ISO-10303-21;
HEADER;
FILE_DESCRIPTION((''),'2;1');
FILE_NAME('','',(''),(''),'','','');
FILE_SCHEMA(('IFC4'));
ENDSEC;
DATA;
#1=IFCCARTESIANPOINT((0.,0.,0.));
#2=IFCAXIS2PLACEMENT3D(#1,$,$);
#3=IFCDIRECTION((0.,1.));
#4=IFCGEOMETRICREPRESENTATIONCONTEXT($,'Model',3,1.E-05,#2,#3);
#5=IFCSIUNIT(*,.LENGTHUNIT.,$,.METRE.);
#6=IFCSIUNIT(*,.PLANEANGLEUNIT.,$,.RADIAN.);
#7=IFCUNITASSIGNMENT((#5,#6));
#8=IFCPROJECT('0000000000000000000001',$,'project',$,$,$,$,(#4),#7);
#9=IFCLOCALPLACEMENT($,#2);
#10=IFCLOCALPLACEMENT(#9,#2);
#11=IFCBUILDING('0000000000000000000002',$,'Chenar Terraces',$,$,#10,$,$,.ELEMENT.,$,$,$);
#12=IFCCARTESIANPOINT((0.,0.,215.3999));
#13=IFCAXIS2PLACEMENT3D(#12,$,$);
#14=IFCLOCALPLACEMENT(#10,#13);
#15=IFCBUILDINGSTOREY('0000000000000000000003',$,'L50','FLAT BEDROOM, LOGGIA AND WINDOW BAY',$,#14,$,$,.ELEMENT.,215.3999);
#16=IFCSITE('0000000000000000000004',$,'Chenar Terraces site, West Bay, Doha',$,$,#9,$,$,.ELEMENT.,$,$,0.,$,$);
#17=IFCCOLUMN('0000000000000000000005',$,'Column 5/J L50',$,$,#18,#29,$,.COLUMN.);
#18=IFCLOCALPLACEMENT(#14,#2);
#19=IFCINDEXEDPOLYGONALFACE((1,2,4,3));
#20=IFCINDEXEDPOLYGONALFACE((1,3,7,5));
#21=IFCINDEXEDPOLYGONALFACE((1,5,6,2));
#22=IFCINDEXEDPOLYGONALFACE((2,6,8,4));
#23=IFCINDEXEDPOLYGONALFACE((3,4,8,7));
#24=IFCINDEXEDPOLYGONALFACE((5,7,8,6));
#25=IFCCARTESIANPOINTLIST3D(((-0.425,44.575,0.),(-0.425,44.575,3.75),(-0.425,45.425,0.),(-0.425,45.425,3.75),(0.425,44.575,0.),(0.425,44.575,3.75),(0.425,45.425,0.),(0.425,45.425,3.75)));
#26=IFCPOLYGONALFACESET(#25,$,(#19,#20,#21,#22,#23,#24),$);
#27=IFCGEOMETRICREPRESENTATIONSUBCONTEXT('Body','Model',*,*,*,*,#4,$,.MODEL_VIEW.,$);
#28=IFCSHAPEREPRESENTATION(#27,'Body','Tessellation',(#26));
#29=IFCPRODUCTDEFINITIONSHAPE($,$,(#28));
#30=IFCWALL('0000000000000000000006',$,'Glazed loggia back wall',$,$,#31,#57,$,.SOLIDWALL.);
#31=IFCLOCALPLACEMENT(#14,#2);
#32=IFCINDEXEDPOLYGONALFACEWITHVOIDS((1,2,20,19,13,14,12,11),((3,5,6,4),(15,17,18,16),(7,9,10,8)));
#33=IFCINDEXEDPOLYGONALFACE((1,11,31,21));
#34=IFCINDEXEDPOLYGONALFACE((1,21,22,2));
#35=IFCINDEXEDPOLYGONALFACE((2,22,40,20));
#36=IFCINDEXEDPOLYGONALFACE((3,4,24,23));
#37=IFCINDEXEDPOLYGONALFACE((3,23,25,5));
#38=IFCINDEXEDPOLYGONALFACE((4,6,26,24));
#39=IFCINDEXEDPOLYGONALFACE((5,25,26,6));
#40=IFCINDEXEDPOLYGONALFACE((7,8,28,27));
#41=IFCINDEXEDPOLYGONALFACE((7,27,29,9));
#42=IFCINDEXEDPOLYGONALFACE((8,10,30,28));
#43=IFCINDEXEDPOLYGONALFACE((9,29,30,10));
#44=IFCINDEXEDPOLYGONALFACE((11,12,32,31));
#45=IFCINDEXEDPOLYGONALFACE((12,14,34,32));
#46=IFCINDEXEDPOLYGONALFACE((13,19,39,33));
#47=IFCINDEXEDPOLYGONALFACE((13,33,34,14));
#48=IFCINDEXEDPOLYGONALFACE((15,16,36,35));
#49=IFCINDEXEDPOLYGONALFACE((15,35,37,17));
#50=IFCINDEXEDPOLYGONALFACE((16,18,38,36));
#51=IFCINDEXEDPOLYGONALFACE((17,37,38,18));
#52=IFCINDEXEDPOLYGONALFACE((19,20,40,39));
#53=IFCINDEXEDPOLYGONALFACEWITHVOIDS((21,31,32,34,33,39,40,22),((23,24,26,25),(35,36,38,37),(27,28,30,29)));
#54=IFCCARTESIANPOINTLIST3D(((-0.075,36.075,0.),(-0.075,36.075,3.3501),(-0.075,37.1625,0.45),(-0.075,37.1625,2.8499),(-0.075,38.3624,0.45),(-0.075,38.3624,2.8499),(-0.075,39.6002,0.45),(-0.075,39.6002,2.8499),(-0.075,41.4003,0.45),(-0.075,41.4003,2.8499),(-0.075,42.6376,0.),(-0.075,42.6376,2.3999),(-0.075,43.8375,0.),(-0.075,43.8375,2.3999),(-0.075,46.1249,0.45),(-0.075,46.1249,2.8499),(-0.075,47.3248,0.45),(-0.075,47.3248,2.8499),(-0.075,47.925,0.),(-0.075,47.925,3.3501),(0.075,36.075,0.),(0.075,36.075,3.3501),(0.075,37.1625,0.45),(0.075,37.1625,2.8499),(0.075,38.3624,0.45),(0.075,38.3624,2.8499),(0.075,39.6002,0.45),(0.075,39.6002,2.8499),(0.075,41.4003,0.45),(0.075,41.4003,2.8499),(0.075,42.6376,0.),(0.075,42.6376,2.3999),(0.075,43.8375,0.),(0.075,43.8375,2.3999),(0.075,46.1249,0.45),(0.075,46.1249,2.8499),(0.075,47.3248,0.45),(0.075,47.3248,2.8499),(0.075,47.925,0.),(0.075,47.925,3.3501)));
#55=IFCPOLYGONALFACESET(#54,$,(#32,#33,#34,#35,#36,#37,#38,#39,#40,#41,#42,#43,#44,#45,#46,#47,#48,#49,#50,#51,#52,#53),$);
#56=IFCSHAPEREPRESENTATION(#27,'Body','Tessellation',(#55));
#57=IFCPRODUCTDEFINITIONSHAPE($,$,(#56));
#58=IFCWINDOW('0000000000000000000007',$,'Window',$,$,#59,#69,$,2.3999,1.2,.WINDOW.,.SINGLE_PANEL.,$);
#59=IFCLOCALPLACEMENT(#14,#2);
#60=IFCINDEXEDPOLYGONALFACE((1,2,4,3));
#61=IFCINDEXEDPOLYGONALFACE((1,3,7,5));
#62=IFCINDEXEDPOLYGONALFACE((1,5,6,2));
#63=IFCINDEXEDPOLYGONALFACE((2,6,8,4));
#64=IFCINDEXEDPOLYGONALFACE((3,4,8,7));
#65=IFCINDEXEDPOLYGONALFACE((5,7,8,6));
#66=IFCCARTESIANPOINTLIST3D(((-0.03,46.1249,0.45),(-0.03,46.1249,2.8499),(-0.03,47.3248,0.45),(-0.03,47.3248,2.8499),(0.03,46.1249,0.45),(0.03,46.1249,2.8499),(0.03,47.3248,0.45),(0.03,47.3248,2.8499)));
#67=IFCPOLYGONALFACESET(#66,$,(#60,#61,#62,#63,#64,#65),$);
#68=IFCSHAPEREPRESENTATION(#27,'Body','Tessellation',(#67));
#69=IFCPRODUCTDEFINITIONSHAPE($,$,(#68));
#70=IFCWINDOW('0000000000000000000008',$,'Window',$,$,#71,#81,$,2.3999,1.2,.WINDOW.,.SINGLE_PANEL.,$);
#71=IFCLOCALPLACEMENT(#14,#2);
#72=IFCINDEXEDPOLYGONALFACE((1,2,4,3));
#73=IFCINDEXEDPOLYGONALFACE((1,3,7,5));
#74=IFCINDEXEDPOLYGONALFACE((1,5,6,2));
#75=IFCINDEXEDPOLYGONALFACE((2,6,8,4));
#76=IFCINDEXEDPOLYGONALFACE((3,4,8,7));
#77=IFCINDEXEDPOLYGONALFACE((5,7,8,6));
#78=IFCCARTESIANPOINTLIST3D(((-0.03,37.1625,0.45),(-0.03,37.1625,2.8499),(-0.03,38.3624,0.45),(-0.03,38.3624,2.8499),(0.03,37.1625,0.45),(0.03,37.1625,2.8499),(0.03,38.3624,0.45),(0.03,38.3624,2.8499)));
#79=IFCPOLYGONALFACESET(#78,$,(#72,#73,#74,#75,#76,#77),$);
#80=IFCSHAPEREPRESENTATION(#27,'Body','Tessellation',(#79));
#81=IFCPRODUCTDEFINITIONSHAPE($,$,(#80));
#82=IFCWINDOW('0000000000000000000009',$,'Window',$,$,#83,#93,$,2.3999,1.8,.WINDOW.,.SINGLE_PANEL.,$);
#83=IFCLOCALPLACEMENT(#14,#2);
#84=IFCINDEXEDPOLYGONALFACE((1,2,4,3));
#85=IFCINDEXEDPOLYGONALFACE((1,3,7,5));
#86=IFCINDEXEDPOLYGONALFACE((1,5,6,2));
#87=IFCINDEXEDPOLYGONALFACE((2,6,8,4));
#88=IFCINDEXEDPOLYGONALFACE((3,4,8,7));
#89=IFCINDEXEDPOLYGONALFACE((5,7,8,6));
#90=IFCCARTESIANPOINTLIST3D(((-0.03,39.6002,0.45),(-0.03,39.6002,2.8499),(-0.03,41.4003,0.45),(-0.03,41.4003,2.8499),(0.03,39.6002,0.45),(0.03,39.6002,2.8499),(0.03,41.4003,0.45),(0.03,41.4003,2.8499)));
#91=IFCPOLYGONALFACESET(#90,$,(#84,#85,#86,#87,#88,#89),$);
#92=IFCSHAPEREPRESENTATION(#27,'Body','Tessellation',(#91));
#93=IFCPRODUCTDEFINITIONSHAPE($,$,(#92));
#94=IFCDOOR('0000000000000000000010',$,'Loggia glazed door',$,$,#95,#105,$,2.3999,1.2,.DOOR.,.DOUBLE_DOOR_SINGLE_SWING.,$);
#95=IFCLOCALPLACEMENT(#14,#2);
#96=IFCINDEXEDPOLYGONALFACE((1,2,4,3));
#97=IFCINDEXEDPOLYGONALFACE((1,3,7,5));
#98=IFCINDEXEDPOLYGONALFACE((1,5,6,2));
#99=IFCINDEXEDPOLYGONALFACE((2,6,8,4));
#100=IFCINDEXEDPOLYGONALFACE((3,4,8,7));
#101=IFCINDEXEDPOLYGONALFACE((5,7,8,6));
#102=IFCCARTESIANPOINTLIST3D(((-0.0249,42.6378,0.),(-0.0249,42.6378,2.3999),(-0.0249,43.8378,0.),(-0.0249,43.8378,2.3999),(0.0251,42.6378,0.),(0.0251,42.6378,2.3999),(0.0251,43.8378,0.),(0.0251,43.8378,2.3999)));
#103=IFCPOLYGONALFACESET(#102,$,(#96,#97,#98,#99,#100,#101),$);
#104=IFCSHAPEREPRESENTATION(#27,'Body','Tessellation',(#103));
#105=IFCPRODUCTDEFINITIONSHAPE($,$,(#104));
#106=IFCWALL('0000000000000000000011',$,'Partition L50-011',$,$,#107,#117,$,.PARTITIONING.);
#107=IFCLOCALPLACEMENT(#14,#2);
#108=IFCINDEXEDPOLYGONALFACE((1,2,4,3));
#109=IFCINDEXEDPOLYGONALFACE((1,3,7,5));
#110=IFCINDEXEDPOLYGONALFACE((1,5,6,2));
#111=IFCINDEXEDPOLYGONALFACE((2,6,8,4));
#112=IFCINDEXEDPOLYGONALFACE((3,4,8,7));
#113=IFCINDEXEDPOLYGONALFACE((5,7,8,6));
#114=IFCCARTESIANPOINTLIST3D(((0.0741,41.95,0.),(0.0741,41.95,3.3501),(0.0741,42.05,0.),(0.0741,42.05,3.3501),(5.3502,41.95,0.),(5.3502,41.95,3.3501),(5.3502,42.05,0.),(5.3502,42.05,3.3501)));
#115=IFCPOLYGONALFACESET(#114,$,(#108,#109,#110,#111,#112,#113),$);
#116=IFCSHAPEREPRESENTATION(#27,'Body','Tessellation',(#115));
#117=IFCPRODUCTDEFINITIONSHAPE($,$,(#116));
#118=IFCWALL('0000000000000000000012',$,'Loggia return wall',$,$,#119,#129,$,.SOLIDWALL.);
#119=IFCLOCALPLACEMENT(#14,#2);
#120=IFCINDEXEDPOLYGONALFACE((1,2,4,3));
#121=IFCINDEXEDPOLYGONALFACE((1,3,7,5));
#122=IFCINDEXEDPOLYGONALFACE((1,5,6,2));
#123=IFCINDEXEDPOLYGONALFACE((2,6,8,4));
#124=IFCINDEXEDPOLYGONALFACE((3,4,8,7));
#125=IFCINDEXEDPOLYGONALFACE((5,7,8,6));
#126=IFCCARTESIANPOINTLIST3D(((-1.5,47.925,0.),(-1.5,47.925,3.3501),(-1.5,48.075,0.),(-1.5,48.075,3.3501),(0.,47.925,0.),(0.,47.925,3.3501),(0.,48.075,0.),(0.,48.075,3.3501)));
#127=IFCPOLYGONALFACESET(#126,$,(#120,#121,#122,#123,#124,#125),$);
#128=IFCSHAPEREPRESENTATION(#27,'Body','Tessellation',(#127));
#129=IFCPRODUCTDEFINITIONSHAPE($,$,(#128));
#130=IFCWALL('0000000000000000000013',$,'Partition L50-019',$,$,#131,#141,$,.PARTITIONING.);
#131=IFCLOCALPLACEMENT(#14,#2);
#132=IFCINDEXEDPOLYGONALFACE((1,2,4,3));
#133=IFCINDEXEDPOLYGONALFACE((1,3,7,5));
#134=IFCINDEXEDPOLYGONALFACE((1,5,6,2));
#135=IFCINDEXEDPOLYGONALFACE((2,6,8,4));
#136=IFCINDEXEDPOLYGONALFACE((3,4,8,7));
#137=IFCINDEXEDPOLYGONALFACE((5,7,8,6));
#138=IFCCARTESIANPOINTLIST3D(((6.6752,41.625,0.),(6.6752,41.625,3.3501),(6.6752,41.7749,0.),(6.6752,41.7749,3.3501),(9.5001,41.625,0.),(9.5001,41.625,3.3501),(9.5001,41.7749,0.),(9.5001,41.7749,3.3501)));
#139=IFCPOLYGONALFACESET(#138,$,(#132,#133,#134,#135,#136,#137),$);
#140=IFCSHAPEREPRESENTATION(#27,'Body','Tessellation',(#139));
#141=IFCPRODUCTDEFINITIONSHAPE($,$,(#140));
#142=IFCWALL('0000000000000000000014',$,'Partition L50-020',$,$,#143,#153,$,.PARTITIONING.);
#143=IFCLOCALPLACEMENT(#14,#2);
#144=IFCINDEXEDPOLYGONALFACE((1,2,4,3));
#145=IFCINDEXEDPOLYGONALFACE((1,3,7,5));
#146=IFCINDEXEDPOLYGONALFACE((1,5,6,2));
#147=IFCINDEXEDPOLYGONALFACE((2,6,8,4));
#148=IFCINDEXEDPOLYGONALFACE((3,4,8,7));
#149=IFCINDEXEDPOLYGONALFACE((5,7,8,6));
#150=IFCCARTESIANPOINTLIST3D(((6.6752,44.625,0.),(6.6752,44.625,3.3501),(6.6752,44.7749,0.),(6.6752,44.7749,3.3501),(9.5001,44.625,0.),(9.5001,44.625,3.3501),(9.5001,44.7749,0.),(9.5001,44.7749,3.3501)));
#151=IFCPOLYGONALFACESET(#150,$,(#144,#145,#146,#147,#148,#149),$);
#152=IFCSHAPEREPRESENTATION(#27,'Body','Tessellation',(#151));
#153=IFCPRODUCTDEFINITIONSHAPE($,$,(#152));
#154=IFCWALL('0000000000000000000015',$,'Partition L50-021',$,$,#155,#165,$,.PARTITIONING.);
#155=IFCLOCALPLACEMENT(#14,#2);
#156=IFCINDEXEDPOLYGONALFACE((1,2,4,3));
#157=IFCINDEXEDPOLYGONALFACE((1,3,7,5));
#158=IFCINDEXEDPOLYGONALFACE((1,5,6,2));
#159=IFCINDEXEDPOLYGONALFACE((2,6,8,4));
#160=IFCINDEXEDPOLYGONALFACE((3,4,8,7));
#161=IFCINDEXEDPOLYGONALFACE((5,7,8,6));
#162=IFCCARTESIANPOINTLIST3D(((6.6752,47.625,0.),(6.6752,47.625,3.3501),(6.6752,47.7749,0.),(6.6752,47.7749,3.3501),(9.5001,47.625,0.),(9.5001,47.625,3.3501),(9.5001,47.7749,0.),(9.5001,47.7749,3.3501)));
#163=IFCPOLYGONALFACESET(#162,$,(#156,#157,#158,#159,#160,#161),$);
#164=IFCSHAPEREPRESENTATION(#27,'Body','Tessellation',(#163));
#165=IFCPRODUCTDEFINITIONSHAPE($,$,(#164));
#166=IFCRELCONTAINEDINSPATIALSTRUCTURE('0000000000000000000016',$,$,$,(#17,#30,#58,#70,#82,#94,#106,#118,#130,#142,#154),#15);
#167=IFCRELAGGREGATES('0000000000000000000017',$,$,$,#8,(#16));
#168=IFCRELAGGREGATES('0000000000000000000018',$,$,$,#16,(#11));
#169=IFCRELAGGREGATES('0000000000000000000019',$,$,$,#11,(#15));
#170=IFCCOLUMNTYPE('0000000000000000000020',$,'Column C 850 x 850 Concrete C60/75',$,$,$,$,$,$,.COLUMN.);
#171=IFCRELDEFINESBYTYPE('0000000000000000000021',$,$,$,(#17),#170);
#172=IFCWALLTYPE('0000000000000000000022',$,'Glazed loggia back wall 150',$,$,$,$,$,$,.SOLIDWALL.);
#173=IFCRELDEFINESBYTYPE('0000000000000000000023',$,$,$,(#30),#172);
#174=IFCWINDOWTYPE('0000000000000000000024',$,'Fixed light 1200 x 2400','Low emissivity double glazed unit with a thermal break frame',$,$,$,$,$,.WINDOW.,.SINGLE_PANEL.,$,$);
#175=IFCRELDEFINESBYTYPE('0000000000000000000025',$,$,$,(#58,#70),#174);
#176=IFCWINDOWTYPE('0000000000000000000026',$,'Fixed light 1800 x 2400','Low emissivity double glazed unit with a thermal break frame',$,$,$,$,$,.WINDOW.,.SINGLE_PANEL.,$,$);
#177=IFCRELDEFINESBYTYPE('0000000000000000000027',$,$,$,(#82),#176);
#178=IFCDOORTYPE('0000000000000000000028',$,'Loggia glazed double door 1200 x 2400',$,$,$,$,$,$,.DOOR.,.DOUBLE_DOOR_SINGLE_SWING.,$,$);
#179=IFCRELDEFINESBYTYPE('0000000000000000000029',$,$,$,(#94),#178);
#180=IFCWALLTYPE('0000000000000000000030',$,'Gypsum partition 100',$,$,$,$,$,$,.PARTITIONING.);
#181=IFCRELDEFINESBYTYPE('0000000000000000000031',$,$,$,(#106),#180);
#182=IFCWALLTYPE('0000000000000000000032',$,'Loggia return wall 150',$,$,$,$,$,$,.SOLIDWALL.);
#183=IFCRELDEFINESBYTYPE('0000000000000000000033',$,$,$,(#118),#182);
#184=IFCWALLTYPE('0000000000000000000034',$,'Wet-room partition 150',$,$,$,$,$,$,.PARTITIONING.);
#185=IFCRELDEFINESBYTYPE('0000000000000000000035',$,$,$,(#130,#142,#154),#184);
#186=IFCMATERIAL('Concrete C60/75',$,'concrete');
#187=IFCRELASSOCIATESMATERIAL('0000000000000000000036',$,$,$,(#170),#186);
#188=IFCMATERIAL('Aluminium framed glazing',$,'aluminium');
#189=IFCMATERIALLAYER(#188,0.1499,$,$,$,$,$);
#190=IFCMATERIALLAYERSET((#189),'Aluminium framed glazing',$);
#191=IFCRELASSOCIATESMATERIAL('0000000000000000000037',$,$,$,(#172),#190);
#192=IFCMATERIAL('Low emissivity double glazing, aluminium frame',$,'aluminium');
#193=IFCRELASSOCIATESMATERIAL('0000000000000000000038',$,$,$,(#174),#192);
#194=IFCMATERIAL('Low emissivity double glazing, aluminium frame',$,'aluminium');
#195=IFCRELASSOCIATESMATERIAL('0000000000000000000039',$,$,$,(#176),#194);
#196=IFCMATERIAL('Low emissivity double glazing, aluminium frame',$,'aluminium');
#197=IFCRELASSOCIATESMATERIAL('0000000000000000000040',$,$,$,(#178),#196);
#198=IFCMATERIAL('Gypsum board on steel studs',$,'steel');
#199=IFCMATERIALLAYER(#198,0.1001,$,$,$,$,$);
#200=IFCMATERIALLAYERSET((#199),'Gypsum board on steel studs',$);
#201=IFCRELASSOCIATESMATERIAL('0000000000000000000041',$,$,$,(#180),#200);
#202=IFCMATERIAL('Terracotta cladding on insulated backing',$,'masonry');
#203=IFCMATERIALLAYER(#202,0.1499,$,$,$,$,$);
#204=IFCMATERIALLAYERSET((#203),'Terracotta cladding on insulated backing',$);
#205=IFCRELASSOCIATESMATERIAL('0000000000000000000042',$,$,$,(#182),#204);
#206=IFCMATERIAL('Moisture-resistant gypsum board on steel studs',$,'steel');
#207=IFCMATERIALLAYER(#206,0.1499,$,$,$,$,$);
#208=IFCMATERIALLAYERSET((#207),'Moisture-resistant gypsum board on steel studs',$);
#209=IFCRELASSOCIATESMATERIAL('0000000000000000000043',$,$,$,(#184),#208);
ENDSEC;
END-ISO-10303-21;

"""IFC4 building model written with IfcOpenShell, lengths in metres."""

from ifc_helpers import new_model, si_unit, direction, frame, frame_2d, origin, origin_2d, place, context, subcontext, project, spatial, rectangle, extrude, material, layer, layer_set, material_profile, profile_set, type_object, element, fill, save


model = new_model("IFC4")

# Units and contexts
model_context = context("Model", 3, precision=1e-05, world=origin(), true_north=direction((0.0, 1.0)))
body_context = subcontext(model_context, "Body", "Model", "MODEL_VIEW")
ifc_project = project(units=[si_unit("LENGTHUNIT", "METRE"), si_unit("PLANEANGLEUNIT", "RADIAN")], contexts=[model_context])

# Site, building, storey
site_placement = place(None, origin())
site = spatial("IfcSite", under=ifc_project, at=site_placement, Name="Chenar Terraces site, West Bay, Doha", CompositionType="ELEMENT", RefElevation=0.0)
building_placement = place(site_placement, origin())
building = spatial("IfcBuilding", under=site, at=building_placement, Name="Chenar Terraces", CompositionType="ELEMENT")
storey_placement = place(building_placement, frame((0.0, 0.0, 215.3999)))
storey = spatial("IfcBuildingStorey", under=building, at=storey_placement, Name="L50", Description="FLAT BEDROOM, LOGGIA AND WINDOW BAY", CompositionType="ELEMENT", Elevation=215.3999)

# Column
ifc_material_1 = material(Name="Concrete C60/75", Category="concrete")
ifc_material_profile = material_profile(ifc_material_1, rectangle(XDim=0.8501, YDim=0.8501, at=origin_2d()), Name="C 850 x 850")
ifc_profile_set = profile_set([ifc_material_profile], Name="Concrete C60/75")
column_type = type_object("IfcColumnType", Name="Column C 850 x 850 Concrete C60/75", PredefinedType="COLUMN", material=ifc_profile_set)
column_placement = place(storey_placement, frame((0.0, 45.0, 0.0), z_axis=(0.0, 0.0, 1.0), x_axis=(1.0, 0.0, 0.0)))
element("IfcColumn", 1, at=column_placement, inside=storey, type_object=column_type, Name="Column 5/J L50", PredefinedType="COLUMN", context=body_context, shape_type="SweptSolid", body=[
    extrude(rectangle(XDim=0.8501, YDim=0.8501, at=origin_2d()), origin(), (0.0, 0.0, 1.0), 3.75),
])

# Wall, openings, windows, door
ifc_material_2 = material(Name="Aluminium framed glazing", Category="aluminium")
ifc_layer_1 = layer(ifc_material_2, 0.1499)
ifc_layer_set_1 = layer_set([ifc_layer_1], Name="Aluminium framed glazing")
wall_type_1 = type_object("IfcWallType", Name="Glazed loggia back wall 150", PredefinedType="SOLIDWALL", material=ifc_layer_set_1)
wall_1_placement = place(storey_placement, frame((0.0, 47.925, 0.0), z_axis=(0.0, 0.0, 1.0), x_axis=(0.0, -1.0, 0.0)))
wall_1 = element("IfcWall", 2, at=wall_1_placement, inside=storey, type_object=wall_type_1, Name="Glazed loggia back wall", PredefinedType="SOLIDWALL", context=body_context, shape_type="SweptSolid", body=[
    extrude(rectangle(XDim=11.8501, YDim=0.1499, at=frame_2d((5.925, 0.0))), origin(), (0.0, 0.0, 1.0), 3.3501),
])
opening_1_placement = place(wall_1_placement, frame((0.6001, 0.0, 0.45)))
opening_1 = element("IfcOpeningElement", 3, at=opening_1_placement, cuts=wall_1, PredefinedType="OPENING", context=body_context, shape_type="SweptSolid", body=[
    extrude(rectangle(XDim=1.2, YDim=2.3999, at=frame_2d((0.6001, 1.2))), frame((0.0, 0.085, 0.0), z_axis=(0.0, -1.0, 0.0), x_axis=(1.0, 0.0, 0.0)), (0.0, 0.0, 1.0), 0.1699),
])
opening_2_placement = place(wall_1_placement, frame((4.0874, 0.0, 0.0)))
opening_2 = element("IfcOpeningElement", 4, at=opening_2_placement, cuts=wall_1, PredefinedType="OPENING", context=body_context, shape_type="SweptSolid", body=[
    extrude(rectangle(XDim=1.2, YDim=2.3999, at=frame_2d((0.6001, 1.2))), frame((0.0, 0.085, 0.0), z_axis=(0.0, -1.0, 0.0), x_axis=(1.0, 0.0, 0.0)), (0.0, 0.0, 1.0), 0.1699),
])
opening_3_placement = place(wall_1_placement, frame((6.5249, 0.0, 0.45)))
opening_3 = element("IfcOpeningElement", 5, at=opening_3_placement, cuts=wall_1, PredefinedType="OPENING", context=body_context, shape_type="SweptSolid", body=[
    extrude(rectangle(XDim=1.8, YDim=2.3999, at=frame_2d((0.8999, 1.2))), frame((0.0, 0.085, 0.0), z_axis=(0.0, -1.0, 0.0), x_axis=(1.0, 0.0, 0.0)), (0.0, 0.0, 1.0), 0.1699),
])
opening_4_placement = place(wall_1_placement, frame((9.5625, 0.0, 0.45)))
opening_4 = element("IfcOpeningElement", 6, at=opening_4_placement, cuts=wall_1, PredefinedType="OPENING", context=body_context, shape_type="SweptSolid", body=[
    extrude(rectangle(XDim=1.2, YDim=2.3999, at=frame_2d((0.6001, 1.2))), frame((0.0, 0.085, 0.0), z_axis=(0.0, -1.0, 0.0), x_axis=(1.0, 0.0, 0.0)), (0.0, 0.0, 1.0), 0.1699),
])
ifc_material_3 = material(Name="Low emissivity double glazing, aluminium frame", Category="aluminium")
window_type_1 = type_object("IfcWindowType", Name="Fixed light 1200 x 2400", Description="Low emissivity double glazed unit with a thermal break frame", PartitioningType="SINGLE_PANEL", PredefinedType="WINDOW", material=ifc_material_3)
window_1_placement = place(opening_1_placement, origin())
window_1 = element("IfcWindow", 7, at=window_1_placement, inside=storey, type_object=window_type_1, Name="Window", OverallHeight=2.3999, OverallWidth=1.2, PartitioningType="SINGLE_PANEL", PredefinedType="WINDOW", context=body_context, shape_type="SweptSolid", body=[
    extrude(rectangle(XDim=1.2, YDim=2.3999, at=frame_2d((0.6001, 1.2))), frame((0.0, 0.03, 0.0), z_axis=(0.0, -1.0, 0.0), x_axis=(1.0, 0.0, 0.0)), (0.0, 0.0, 1.0), 0.0601),
])
fill(opening_1, window_1)
window_2_placement = place(opening_4_placement, origin())
window_2 = element("IfcWindow", 8, at=window_2_placement, inside=storey, type_object=window_type_1, Name="Window", OverallHeight=2.3999, OverallWidth=1.2, PartitioningType="SINGLE_PANEL", PredefinedType="WINDOW", context=body_context, shape_type="SweptSolid", body=[
    extrude(rectangle(XDim=1.2, YDim=2.3999, at=frame_2d((0.6001, 1.2))), frame((0.0, 0.03, 0.0), z_axis=(0.0, -1.0, 0.0), x_axis=(1.0, 0.0, 0.0)), (0.0, 0.0, 1.0), 0.0601),
])
fill(opening_4, window_2)
ifc_material_4 = material(Name="Low emissivity double glazing, aluminium frame", Category="aluminium")
window_type_2 = type_object("IfcWindowType", Name="Fixed light 1800 x 2400", Description="Low emissivity double glazed unit with a thermal break frame", PartitioningType="SINGLE_PANEL", PredefinedType="WINDOW", material=ifc_material_4)
window_3_placement = place(opening_3_placement, origin())
window_3 = element("IfcWindow", 9, at=window_3_placement, inside=storey, type_object=window_type_2, Name="Window", OverallHeight=2.3999, OverallWidth=1.8, PartitioningType="SINGLE_PANEL", PredefinedType="WINDOW", context=body_context, shape_type="SweptSolid", body=[
    extrude(rectangle(XDim=1.8, YDim=2.3999, at=frame_2d((0.8999, 1.2))), frame((0.0, 0.03, 0.0), z_axis=(0.0, -1.0, 0.0), x_axis=(1.0, 0.0, 0.0)), (0.0, 0.0, 1.0), 0.0601),
])
fill(opening_3, window_3)
ifc_material_5 = material(Name="Low emissivity double glazing, aluminium frame", Category="aluminium")
door_type = type_object("IfcDoorType", Name="Loggia glazed double door 1200 x 2400", OperationType="DOUBLE_DOOR_SINGLE_SWING", PredefinedType="DOOR", material=ifc_material_5)
door_placement = place(opening_2_placement, frame((1.2, 0.0, 0.0), z_axis=(0.0, 0.0, 1.0), x_axis=(-1.0, 0.0, 0.0)))
door = element("IfcDoor", 10, at=door_placement, inside=storey, type_object=door_type, Name="Loggia glazed door", OperationType="DOUBLE_DOOR_SINGLE_SWING", OverallHeight=2.3999, OverallWidth=1.2, PredefinedType="DOOR", context=body_context, shape_type="SweptSolid", body=[
    extrude(rectangle(XDim=1.2, YDim=2.3999, at=frame_2d((0.6001, 1.2))), frame((0.0, 0.0249, 0.0), z_axis=(0.0, -1.0, 0.0), x_axis=(1.0, 0.0, 0.0)), (0.0, 0.0, 1.0), 0.05),
])
fill(opening_2, door)

# Walls
ifc_material_6 = material(Name="Gypsum board on steel studs", Category="steel")
ifc_layer_2 = layer(ifc_material_6, 0.1001)
ifc_layer_set_2 = layer_set([ifc_layer_2], Name="Gypsum board on steel studs")
wall_type_2 = type_object("IfcWallType", Name="Gypsum partition 100", PredefinedType="PARTITIONING", material=ifc_layer_set_2)
wall_2_placement = place(storey_placement, frame((0.074, 42.0, 0.0), z_axis=(0.0, 0.0, 1.0), x_axis=(1.0, 0.0, 0.0)))
element("IfcWall", 11, at=wall_2_placement, inside=storey, type_object=wall_type_2, Name="Partition L50-011", PredefinedType="PARTITIONING", context=body_context, shape_type="SweptSolid", body=[
    extrude(rectangle(XDim=5.2761, YDim=0.1001, at=frame_2d((2.6382, 0.0))), origin(), (0.0, 0.0, 1.0), 3.3501),
])
ifc_material_7 = material(Name="Terracotta cladding on insulated backing", Category="masonry")
ifc_layer_3 = layer(ifc_material_7, 0.1499)
ifc_layer_set_3 = layer_set([ifc_layer_3], Name="Terracotta cladding on insulated backing")
wall_type_3 = type_object("IfcWallType", Name="Loggia return wall 150", PredefinedType="SOLIDWALL", material=ifc_layer_set_3)
wall_3_placement = place(storey_placement, frame((-1.5, 48.0, 0.0), z_axis=(0.0, 0.0, 1.0), x_axis=(1.0, 0.0, 0.0)))
element("IfcWall", 12, at=wall_3_placement, inside=storey, type_object=wall_type_3, Name="Loggia return wall", PredefinedType="SOLIDWALL", context=body_context, shape_type="SweptSolid", body=[
    extrude(rectangle(XDim=1.5, YDim=0.1499, at=frame_2d((0.75, 0.0))), origin(), (0.0, 0.0, 1.0), 3.3501),
])
ifc_material_8 = material(Name="Moisture-resistant gypsum board on steel studs", Category="steel")
ifc_layer_4 = layer(ifc_material_8, 0.1499)
ifc_layer_set_4 = layer_set([ifc_layer_4], Name="Moisture-resistant gypsum board on steel studs")
wall_type_4 = type_object("IfcWallType", Name="Wet-room partition 150", PredefinedType="PARTITIONING", material=ifc_layer_set_4)
for number, where, z_axis, x_axis, name in (
    (13, (6.675, 41.7, 0.0), (0.0, 0.0, 1.0), (1.0, 0.0, 0.0), "Partition L50-019"),
    (14, (6.675, 44.7, 0.0), (0.0, 0.0, 1.0), (1.0, 0.0, 0.0), "Partition L50-020"),
    (15, (6.675, 47.7, 0.0), (0.0, 0.0, 1.0), (1.0, 0.0, 0.0), "Partition L50-021"),
):
    element("IfcWall", number, at=place(storey_placement, frame(where, z_axis=z_axis, x_axis=x_axis)), inside=storey, type_object=wall_type_4, Name=name, PredefinedType="PARTITIONING", context=body_context, shape_type="SweptSolid", body=[
        extrude(rectangle(XDim=2.825, YDim=0.1499, at=frame_2d((1.4126, 0.0))), origin(), (0.0, 0.0, 1.0), 3.3501),
    ])

save(model, "model.ifc")
